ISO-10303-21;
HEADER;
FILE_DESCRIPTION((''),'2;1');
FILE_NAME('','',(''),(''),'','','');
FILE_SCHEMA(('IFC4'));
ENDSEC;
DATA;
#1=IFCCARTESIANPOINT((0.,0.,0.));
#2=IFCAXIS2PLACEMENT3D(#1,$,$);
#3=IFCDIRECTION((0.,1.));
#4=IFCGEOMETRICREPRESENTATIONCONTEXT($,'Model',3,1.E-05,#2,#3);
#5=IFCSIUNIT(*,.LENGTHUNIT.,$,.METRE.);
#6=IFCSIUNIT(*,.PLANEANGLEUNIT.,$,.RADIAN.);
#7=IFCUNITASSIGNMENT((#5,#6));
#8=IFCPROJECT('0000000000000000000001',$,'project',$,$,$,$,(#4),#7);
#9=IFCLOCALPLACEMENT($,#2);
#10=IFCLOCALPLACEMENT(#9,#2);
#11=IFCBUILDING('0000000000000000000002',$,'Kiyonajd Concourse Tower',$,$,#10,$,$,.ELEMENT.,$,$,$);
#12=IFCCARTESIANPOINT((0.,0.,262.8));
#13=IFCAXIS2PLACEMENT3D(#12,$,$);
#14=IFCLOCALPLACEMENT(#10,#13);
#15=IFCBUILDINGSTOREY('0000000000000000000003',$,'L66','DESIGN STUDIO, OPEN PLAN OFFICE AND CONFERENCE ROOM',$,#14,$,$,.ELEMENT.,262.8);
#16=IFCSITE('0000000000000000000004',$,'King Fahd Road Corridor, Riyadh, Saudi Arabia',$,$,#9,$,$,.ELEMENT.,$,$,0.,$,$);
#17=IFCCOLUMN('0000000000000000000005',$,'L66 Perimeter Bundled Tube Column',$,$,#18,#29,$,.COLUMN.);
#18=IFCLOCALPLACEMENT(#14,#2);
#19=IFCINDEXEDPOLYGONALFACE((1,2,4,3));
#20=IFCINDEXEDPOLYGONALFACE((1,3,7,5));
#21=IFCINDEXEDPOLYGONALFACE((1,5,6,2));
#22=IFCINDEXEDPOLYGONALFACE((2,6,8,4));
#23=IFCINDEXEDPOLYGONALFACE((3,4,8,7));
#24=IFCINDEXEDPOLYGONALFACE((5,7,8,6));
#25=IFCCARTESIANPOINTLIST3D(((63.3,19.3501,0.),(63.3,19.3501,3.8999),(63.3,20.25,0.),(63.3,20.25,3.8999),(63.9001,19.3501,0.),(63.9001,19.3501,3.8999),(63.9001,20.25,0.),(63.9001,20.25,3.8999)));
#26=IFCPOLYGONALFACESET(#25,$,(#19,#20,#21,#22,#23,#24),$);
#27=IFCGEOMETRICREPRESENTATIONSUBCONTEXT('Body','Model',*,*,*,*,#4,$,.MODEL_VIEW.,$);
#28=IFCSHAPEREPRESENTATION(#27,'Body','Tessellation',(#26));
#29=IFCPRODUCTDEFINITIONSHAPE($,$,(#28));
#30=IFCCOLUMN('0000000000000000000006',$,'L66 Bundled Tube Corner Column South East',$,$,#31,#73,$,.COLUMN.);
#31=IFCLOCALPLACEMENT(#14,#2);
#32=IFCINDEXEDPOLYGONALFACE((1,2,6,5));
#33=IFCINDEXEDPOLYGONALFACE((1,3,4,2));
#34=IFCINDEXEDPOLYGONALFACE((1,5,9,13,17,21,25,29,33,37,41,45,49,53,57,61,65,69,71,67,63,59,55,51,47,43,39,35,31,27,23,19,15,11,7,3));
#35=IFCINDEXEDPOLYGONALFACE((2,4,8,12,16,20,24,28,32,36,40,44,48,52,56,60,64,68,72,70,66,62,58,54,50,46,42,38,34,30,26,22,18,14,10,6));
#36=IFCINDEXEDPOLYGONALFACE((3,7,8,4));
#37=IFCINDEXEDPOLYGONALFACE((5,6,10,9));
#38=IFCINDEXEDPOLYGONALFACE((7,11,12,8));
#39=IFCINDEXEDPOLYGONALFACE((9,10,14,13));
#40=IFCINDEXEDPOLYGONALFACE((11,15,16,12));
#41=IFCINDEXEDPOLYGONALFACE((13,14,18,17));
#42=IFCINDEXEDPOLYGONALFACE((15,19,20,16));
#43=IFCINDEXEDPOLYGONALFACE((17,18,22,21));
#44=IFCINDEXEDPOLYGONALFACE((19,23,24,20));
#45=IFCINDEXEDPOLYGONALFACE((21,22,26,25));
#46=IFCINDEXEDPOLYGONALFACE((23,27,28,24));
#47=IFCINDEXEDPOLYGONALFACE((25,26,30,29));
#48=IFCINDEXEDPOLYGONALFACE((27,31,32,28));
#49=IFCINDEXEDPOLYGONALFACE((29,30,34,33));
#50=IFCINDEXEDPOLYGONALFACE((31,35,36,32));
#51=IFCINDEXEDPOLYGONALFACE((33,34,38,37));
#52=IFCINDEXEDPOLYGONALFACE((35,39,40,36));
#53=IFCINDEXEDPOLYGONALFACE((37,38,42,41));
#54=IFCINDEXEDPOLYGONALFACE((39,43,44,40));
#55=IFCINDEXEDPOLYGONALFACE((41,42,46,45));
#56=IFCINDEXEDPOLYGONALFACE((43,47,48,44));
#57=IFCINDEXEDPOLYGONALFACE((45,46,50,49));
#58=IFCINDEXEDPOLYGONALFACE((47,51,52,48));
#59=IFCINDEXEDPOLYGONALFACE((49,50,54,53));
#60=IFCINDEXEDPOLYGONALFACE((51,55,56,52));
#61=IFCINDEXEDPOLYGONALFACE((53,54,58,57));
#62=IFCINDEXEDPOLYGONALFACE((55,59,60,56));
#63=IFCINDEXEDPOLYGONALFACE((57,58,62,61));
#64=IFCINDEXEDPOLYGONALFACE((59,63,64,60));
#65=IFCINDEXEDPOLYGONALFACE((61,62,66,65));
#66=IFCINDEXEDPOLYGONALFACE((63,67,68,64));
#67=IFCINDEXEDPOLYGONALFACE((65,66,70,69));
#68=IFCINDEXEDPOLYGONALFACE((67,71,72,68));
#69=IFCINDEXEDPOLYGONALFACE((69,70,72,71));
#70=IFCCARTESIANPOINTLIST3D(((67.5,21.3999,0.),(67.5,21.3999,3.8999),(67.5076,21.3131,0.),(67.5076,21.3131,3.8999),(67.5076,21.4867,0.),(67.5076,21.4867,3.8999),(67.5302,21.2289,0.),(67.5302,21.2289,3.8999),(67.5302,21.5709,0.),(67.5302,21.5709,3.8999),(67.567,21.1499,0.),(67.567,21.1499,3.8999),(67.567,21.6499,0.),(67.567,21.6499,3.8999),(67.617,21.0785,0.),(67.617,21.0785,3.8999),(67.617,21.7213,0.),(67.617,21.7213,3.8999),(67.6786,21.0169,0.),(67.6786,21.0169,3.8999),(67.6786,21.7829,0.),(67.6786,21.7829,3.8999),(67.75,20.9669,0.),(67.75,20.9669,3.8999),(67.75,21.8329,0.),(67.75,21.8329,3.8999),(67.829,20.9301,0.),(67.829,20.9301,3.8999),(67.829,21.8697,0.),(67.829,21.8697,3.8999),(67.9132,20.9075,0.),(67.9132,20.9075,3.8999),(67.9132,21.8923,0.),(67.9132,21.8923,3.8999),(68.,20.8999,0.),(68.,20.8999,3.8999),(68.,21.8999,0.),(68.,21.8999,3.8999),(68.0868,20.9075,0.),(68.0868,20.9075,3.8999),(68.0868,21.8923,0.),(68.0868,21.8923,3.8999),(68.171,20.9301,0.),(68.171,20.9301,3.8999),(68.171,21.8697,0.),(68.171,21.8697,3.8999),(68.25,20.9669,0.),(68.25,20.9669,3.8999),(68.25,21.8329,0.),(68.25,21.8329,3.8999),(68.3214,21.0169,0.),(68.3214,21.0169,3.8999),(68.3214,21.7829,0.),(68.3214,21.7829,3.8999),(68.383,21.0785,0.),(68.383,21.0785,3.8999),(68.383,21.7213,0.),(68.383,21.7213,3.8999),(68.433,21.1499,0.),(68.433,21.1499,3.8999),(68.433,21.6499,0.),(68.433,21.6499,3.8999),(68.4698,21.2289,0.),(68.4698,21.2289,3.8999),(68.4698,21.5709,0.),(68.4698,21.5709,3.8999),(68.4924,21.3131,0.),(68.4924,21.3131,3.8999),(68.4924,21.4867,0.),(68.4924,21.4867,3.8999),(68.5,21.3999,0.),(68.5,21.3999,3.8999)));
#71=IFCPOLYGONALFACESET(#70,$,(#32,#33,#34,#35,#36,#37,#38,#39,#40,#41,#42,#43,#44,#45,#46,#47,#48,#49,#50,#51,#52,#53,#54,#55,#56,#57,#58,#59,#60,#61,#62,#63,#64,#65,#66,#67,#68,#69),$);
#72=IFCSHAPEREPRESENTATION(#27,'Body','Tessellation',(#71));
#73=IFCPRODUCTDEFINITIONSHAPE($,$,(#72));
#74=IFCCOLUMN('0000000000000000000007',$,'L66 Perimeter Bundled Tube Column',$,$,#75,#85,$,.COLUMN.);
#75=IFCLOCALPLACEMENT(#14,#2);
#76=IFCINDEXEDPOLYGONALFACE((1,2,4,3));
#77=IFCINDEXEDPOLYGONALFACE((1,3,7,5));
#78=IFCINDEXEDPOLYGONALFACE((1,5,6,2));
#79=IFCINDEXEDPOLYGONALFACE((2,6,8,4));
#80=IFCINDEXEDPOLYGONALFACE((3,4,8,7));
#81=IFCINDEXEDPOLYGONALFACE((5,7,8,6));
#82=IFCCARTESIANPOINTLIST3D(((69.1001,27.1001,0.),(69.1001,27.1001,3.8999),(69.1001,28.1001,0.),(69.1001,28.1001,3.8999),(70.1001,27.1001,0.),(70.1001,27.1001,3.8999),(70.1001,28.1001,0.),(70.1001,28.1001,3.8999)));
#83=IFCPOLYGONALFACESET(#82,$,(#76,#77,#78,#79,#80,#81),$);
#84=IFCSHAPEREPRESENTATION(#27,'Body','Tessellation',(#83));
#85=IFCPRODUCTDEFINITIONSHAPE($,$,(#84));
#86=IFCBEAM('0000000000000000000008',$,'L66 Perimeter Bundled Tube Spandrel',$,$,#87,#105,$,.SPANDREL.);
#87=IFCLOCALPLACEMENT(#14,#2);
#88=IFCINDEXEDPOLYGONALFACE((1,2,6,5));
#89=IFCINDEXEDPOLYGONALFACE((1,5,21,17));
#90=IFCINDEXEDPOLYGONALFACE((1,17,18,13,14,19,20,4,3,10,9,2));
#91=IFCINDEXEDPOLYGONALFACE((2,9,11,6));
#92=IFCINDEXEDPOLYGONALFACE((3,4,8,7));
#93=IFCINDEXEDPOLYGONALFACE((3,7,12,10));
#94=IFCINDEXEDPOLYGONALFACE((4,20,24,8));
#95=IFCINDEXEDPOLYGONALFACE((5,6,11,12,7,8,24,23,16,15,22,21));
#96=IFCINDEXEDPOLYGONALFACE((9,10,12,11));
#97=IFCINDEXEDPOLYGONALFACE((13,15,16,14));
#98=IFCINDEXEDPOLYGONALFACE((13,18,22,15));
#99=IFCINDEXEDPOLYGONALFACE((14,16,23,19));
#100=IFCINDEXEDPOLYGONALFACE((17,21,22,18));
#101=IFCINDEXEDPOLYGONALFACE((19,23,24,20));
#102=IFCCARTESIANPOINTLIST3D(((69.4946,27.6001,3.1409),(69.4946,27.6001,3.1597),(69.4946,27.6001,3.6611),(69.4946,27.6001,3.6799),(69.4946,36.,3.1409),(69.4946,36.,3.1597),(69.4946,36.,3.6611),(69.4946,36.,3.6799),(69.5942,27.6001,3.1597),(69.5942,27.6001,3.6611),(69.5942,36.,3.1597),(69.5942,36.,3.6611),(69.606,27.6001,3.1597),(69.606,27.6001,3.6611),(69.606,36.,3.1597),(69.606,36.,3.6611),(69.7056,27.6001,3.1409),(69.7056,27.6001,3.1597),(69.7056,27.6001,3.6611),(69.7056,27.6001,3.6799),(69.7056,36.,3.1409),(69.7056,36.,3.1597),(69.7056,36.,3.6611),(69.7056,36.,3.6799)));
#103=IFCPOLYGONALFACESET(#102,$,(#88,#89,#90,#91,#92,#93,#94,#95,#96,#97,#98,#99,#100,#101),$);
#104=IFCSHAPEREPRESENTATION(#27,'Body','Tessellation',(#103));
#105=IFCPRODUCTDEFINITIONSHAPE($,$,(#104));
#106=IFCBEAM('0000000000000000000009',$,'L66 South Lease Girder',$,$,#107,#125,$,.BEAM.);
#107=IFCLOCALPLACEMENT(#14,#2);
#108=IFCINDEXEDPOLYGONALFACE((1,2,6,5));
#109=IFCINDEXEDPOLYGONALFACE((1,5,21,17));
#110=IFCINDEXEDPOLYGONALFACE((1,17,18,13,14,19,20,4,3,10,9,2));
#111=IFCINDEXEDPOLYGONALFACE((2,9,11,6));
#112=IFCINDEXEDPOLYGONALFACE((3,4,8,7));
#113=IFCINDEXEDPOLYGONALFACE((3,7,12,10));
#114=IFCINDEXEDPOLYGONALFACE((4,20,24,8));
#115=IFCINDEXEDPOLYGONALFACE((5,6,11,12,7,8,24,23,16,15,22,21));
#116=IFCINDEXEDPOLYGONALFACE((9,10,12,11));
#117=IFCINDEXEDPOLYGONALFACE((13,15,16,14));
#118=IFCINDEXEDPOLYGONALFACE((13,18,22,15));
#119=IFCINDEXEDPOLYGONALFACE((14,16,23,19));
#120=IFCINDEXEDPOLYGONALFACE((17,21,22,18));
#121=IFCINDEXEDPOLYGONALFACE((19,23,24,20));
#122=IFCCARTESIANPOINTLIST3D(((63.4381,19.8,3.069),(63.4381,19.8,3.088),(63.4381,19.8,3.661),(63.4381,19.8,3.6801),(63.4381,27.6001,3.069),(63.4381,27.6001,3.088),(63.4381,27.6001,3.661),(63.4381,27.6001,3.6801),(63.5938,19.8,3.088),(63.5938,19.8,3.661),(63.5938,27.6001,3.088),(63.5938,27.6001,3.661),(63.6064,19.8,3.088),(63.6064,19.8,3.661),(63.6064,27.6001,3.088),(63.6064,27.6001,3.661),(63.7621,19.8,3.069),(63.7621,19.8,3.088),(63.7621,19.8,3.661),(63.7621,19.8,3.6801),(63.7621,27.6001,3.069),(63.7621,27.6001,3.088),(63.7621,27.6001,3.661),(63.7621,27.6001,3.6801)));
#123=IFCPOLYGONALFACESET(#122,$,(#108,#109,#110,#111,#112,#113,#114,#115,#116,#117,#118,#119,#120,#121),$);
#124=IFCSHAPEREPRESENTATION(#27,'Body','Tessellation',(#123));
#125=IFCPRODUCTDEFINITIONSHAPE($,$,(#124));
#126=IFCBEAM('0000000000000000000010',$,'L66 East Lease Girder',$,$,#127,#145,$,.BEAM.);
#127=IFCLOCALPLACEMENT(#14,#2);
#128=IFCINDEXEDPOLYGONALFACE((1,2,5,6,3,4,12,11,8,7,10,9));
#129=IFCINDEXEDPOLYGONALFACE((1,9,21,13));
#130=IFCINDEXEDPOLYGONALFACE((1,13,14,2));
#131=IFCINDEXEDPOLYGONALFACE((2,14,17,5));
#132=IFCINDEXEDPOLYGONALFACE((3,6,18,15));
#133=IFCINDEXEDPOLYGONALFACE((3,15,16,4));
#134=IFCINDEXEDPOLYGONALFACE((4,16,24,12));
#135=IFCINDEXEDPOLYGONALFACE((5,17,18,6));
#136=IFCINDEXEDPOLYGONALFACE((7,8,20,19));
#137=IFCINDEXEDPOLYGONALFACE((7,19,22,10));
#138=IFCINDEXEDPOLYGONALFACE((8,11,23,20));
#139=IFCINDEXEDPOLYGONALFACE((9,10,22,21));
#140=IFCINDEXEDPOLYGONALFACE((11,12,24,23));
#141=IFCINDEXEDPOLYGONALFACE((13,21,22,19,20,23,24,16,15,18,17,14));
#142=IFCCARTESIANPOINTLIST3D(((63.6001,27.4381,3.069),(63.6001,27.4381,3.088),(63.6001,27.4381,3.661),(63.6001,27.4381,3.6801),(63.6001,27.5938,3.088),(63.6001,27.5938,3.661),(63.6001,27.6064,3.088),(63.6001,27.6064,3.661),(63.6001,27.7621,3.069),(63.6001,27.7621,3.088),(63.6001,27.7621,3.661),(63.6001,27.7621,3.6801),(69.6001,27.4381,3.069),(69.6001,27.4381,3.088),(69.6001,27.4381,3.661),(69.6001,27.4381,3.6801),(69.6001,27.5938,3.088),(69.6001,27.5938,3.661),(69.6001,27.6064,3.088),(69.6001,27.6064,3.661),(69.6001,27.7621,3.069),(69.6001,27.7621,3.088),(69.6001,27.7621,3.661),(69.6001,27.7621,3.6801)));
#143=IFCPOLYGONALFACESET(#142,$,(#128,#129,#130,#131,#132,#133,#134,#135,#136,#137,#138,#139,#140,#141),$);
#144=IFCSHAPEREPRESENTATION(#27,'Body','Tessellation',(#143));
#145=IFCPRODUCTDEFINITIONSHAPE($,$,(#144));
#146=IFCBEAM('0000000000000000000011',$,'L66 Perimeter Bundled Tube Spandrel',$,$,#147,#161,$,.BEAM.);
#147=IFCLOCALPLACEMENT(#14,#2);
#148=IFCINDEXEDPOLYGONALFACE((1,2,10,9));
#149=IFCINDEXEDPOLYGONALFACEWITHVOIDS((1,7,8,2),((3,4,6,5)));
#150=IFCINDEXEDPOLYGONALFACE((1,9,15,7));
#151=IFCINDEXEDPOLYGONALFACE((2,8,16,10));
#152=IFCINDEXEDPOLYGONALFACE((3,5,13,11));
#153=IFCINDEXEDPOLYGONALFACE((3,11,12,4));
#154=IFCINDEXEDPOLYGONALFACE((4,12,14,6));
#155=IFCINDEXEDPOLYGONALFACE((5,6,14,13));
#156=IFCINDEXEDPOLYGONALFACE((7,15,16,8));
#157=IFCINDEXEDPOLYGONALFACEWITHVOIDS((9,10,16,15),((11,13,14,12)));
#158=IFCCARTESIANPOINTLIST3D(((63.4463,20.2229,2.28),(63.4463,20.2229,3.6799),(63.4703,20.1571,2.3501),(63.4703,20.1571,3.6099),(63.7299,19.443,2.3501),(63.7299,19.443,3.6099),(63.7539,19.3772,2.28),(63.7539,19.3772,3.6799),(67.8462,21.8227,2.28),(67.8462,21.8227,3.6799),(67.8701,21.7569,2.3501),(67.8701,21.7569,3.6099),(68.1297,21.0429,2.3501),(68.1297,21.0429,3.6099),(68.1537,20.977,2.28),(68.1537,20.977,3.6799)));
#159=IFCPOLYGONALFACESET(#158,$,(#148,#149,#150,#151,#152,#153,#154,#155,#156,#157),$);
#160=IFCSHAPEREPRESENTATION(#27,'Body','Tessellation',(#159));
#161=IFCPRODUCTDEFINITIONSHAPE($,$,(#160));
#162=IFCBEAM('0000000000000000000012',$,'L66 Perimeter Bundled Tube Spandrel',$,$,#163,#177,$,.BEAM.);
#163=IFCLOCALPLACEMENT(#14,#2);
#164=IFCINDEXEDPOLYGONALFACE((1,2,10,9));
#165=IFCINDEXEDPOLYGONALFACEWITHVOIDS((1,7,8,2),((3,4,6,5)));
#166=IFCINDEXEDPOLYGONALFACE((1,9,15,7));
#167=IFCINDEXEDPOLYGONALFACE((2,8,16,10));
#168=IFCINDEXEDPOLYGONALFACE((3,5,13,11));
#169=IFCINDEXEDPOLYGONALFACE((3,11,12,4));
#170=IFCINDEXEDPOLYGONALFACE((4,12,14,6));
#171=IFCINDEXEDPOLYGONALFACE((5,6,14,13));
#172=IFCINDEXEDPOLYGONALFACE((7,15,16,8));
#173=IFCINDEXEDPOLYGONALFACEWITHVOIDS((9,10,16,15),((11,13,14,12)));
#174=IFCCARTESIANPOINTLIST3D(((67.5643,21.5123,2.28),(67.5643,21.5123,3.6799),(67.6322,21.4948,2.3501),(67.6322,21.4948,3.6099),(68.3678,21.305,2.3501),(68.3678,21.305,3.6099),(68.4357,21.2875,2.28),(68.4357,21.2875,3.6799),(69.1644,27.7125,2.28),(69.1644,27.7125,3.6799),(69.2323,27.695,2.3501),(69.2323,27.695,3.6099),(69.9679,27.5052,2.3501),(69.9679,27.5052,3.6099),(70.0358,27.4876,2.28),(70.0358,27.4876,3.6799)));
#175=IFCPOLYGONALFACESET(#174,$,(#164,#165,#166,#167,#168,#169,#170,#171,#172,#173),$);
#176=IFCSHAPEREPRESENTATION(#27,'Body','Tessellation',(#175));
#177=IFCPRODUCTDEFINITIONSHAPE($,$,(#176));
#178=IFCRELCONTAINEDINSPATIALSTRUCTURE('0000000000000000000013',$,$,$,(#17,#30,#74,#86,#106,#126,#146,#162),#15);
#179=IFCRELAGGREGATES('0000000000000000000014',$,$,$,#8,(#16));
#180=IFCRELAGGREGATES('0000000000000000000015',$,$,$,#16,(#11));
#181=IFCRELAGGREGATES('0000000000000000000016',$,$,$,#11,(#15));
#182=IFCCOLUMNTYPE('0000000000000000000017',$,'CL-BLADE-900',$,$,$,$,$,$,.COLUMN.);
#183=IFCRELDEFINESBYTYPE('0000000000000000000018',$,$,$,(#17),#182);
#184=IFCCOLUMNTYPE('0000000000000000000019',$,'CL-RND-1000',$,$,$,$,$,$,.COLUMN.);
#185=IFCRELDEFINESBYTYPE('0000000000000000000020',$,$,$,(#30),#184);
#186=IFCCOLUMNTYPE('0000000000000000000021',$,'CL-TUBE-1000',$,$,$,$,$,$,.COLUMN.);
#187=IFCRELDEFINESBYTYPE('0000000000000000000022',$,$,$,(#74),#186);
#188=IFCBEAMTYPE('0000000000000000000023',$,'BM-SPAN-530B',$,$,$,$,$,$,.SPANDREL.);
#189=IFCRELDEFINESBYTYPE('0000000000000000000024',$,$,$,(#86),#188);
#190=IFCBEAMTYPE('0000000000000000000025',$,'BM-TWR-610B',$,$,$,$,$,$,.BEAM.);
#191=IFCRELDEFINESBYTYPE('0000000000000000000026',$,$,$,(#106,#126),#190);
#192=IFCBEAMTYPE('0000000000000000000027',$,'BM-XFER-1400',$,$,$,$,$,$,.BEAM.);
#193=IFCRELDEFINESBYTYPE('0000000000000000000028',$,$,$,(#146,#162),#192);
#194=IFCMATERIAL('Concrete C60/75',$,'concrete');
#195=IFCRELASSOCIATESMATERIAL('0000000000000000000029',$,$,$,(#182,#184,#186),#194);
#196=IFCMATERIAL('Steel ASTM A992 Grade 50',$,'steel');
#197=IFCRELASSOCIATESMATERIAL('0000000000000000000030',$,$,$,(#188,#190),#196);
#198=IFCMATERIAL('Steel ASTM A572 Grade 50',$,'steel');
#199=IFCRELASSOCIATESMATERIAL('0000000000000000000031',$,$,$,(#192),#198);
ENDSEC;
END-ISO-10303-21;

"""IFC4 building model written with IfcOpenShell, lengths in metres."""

from ifc_helpers import new_model, si_unit, direction, frame, origin, origin_2d, place, context, subcontext, project, spatial, rectangle, hollow_rectangle, circle, i_section, extrude, material, material_profile, profile_set, type_object, element, save


model = new_model("IFC4")

# Units and contexts
model_context = context("Model", 3, precision=1e-05, world=origin(), true_north=direction((0.0, 1.0)))
body_context = subcontext(model_context, "Body", "Model", "MODEL_VIEW")
ifc_project = project(units=[si_unit("LENGTHUNIT", "METRE"), si_unit("PLANEANGLEUNIT", "RADIAN")], contexts=[model_context])

# Site, building, storey
site_placement = place(None, origin())
site = spatial("IfcSite", under=ifc_project, at=site_placement, Name="King Fahd Road Corridor, Riyadh, Saudi Arabia", CompositionType="ELEMENT", RefElevation=0.0)
building_placement = place(site_placement, origin())
building = spatial("IfcBuilding", under=site, at=building_placement, Name="Kiyonajd Concourse Tower", CompositionType="ELEMENT")
storey_placement = place(building_placement, frame((0.0, 0.0, 262.8)))
storey = spatial("IfcBuildingStorey", under=building, at=storey_placement, Name="L66", Description="DESIGN STUDIO, OPEN PLAN OFFICE AND CONFERENCE ROOM", CompositionType="ELEMENT", Elevation=262.8)

# Columns
ifc_material_1 = material(Name="Concrete C60/75", Category="concrete")
ifc_material_profile_1 = material_profile(ifc_material_1, rectangle(XDim=0.6001, YDim=0.8999, at=origin_2d()), Name="RC-900x600")
ifc_profile_set_1 = profile_set([ifc_material_profile_1], Name="Concrete C60/75")
column_type_1 = type_object("IfcColumnType", Name="CL-BLADE-900", PredefinedType="COLUMN", material=ifc_profile_set_1)
column_1_placement = place(storey_placement, frame((63.6001, 19.8, 0.0), z_axis=(0.0, 0.0, 1.0), x_axis=(1.0, 0.0, 0.0)))
element("IfcColumn", 1, at=column_1_placement, inside=storey, type_object=column_type_1, Name="L66 Perimeter Bundled Tube Column", PredefinedType="COLUMN", context=body_context, shape_type="SweptSolid", body=[
    extrude(rectangle(XDim=0.6001, YDim=0.8999, at=origin_2d()), origin(), (0.0, 0.0, 1.0), 3.8999),
])
ifc_material_profile_2 = material_profile(ifc_material_1, circle(Radius=0.5, at=origin_2d()), Name="RCC-D1000")
ifc_profile_set_2 = profile_set([ifc_material_profile_2], Name="Concrete C60/75")
column_type_2 = type_object("IfcColumnType", Name="CL-RND-1000", PredefinedType="COLUMN", material=ifc_profile_set_2)
column_2_placement = place(storey_placement, frame((68.0, 21.3999, 0.0), z_axis=(0.0, 0.0, 1.0), x_axis=(1.0, 0.0, 0.0)))
element("IfcColumn", 2, at=column_2_placement, inside=storey, type_object=column_type_2, Name="L66 Bundled Tube Corner Column South East", PredefinedType="COLUMN", context=body_context, shape_type="SweptSolid", body=[
    extrude(circle(Radius=0.5, at=origin_2d()), origin(), (0.0, 0.0, 1.0), 3.8999),
])
ifc_material_profile_3 = material_profile(ifc_material_1, rectangle(XDim=1.0, YDim=1.0, at=origin_2d()), Name="RC-1000x1000")
ifc_profile_set_3 = profile_set([ifc_material_profile_3], Name="Concrete C60/75")
column_type_3 = type_object("IfcColumnType", Name="CL-TUBE-1000", PredefinedType="COLUMN", material=ifc_profile_set_3)
column_3_placement = place(storey_placement, frame((69.6001, 27.6001, 0.0), z_axis=(0.0, 0.0, 1.0), x_axis=(1.0, 0.0, 0.0)))
element("IfcColumn", 3, at=column_3_placement, inside=storey, type_object=column_type_3, Name="L66 Perimeter Bundled Tube Column", PredefinedType="COLUMN", context=body_context, shape_type="SweptSolid", body=[
    extrude(rectangle(XDim=1.0, YDim=1.0, at=origin_2d()), origin(), (0.0, 0.0, 1.0), 3.8999),
])

# Beams
ifc_material_2 = material(Name="Steel ASTM A992 Grade 50", Category="steel")
ifc_material_profile_4 = material_profile(ifc_material_2, i_section(OverallWidth=0.2109, OverallDepth=0.5391, WebThickness=0.0117, FlangeThickness=0.0188, at=origin_2d()), Name="W530X109")
ifc_profile_set_4 = profile_set([ifc_material_profile_4], Name="Steel ASTM A992 Grade 50")
beam_type_1 = type_object("IfcBeamType", Name="BM-SPAN-530B", PredefinedType="SPANDREL", material=ifc_profile_set_4)
beam_1_placement = place(storey_placement, frame((69.6001, 27.6001, 3.4104), z_axis=(0.0, 1.0, 0.0), x_axis=(-1.0, 0.0, 0.0)))
element("IfcBeam", 4, at=beam_1_placement, inside=storey, type_object=beam_type_1, Name="L66 Perimeter Bundled Tube Spandrel", PredefinedType="SPANDREL", context=body_context, shape_type="SweptSolid", body=[
    extrude(i_section(OverallWidth=0.2109, OverallDepth=0.5391, WebThickness=0.0117, FlangeThickness=0.0188, at=origin_2d()), origin(), (0.0, 0.0, 1.0), 8.3999),
])
ifc_material_profile_5 = material_profile(ifc_material_2, i_section(OverallWidth=0.324, OverallDepth=0.6111, WebThickness=0.0127, FlangeThickness=0.019, at=origin_2d()), Name="W610X155")
ifc_profile_set_5 = profile_set([ifc_material_profile_5], Name="Steel ASTM A992 Grade 50")
beam_type_2 = type_object("IfcBeamType", Name="BM-TWR-610B", PredefinedType="BEAM", material=ifc_profile_set_5)
beam_2_placement = place(storey_placement, frame((63.6001, 19.8, 3.3745), z_axis=(0.0, 1.0, 0.0), x_axis=(-1.0, 0.0, 0.0)))
element("IfcBeam", 5, at=beam_2_placement, inside=storey, type_object=beam_type_2, Name="L66 South Lease Girder", PredefinedType="BEAM", context=body_context, shape_type="SweptSolid", body=[
    extrude(i_section(OverallWidth=0.324, OverallDepth=0.6111, WebThickness=0.0127, FlangeThickness=0.019, at=origin_2d()), origin(), (0.0, 0.0, 1.0), 7.8),
])
beam_3_placement = place(storey_placement, frame((63.6001, 27.6001, 3.3745), z_axis=(1.0, 0.0, 0.0), x_axis=(0.0, 1.0, 0.0)))
element("IfcBeam", 6, at=beam_3_placement, inside=storey, type_object=beam_type_2, Name="L66 East Lease Girder", PredefinedType="BEAM", context=body_context, shape_type="SweptSolid", body=[
    extrude(i_section(OverallWidth=0.324, OverallDepth=0.6111, WebThickness=0.0127, FlangeThickness=0.019, at=origin_2d()), origin(), (0.0, 0.0, 1.0), 6.0),
])
ifc_material_3 = material(Name="Steel ASTM A572 Grade 50", Category="steel")
ifc_material_profile_6 = material_profile(ifc_material_3, hollow_rectangle(XDim=0.8999, YDim=1.3999, WallThickness=0.0701, at=origin_2d()), Name="BOX-1400x900x70")
ifc_profile_set_6 = profile_set([ifc_material_profile_6], Name="Steel ASTM A572 Grade 50")
beam_type_3 = type_object("IfcBeamType", Name="BM-XFER-1400", PredefinedType="BEAM", material=ifc_profile_set_6)
beam_4_placement = place(storey_placement, frame((63.6001, 19.8, 2.98), z_axis=(0.939801, 0.341722, 0.0), x_axis=(-0.341722, 0.939801, 0.0)))
element("IfcBeam", 7, at=beam_4_placement, inside=storey, type_object=beam_type_3, Name="L66 Perimeter Bundled Tube Spandrel", PredefinedType="BEAM", context=body_context, shape_type="SweptSolid", body=[
    extrude(hollow_rectangle(XDim=0.8999, YDim=1.3999, WallThickness=0.0701, at=origin_2d()), origin(), (0.0, 0.0, 1.0), 4.6816),
])
beam_5_placement = place(storey_placement, frame((68.0, 21.3999, 2.98), z_axis=(0.249885, 0.968276, 0.0), x_axis=(-0.968276, 0.249885, 0.0)))
element("IfcBeam", 8, at=beam_5_placement, inside=storey, type_object=beam_type_3, Name="L66 Perimeter Bundled Tube Spandrel", PredefinedType="BEAM", context=body_context, shape_type="SweptSolid", body=[
    extrude(hollow_rectangle(XDim=0.8999, YDim=1.3999, WallThickness=0.0701, at=origin_2d()), origin(), (0.0, 0.0, 1.0), 6.4033),
])

save(model, "model.ifc")
